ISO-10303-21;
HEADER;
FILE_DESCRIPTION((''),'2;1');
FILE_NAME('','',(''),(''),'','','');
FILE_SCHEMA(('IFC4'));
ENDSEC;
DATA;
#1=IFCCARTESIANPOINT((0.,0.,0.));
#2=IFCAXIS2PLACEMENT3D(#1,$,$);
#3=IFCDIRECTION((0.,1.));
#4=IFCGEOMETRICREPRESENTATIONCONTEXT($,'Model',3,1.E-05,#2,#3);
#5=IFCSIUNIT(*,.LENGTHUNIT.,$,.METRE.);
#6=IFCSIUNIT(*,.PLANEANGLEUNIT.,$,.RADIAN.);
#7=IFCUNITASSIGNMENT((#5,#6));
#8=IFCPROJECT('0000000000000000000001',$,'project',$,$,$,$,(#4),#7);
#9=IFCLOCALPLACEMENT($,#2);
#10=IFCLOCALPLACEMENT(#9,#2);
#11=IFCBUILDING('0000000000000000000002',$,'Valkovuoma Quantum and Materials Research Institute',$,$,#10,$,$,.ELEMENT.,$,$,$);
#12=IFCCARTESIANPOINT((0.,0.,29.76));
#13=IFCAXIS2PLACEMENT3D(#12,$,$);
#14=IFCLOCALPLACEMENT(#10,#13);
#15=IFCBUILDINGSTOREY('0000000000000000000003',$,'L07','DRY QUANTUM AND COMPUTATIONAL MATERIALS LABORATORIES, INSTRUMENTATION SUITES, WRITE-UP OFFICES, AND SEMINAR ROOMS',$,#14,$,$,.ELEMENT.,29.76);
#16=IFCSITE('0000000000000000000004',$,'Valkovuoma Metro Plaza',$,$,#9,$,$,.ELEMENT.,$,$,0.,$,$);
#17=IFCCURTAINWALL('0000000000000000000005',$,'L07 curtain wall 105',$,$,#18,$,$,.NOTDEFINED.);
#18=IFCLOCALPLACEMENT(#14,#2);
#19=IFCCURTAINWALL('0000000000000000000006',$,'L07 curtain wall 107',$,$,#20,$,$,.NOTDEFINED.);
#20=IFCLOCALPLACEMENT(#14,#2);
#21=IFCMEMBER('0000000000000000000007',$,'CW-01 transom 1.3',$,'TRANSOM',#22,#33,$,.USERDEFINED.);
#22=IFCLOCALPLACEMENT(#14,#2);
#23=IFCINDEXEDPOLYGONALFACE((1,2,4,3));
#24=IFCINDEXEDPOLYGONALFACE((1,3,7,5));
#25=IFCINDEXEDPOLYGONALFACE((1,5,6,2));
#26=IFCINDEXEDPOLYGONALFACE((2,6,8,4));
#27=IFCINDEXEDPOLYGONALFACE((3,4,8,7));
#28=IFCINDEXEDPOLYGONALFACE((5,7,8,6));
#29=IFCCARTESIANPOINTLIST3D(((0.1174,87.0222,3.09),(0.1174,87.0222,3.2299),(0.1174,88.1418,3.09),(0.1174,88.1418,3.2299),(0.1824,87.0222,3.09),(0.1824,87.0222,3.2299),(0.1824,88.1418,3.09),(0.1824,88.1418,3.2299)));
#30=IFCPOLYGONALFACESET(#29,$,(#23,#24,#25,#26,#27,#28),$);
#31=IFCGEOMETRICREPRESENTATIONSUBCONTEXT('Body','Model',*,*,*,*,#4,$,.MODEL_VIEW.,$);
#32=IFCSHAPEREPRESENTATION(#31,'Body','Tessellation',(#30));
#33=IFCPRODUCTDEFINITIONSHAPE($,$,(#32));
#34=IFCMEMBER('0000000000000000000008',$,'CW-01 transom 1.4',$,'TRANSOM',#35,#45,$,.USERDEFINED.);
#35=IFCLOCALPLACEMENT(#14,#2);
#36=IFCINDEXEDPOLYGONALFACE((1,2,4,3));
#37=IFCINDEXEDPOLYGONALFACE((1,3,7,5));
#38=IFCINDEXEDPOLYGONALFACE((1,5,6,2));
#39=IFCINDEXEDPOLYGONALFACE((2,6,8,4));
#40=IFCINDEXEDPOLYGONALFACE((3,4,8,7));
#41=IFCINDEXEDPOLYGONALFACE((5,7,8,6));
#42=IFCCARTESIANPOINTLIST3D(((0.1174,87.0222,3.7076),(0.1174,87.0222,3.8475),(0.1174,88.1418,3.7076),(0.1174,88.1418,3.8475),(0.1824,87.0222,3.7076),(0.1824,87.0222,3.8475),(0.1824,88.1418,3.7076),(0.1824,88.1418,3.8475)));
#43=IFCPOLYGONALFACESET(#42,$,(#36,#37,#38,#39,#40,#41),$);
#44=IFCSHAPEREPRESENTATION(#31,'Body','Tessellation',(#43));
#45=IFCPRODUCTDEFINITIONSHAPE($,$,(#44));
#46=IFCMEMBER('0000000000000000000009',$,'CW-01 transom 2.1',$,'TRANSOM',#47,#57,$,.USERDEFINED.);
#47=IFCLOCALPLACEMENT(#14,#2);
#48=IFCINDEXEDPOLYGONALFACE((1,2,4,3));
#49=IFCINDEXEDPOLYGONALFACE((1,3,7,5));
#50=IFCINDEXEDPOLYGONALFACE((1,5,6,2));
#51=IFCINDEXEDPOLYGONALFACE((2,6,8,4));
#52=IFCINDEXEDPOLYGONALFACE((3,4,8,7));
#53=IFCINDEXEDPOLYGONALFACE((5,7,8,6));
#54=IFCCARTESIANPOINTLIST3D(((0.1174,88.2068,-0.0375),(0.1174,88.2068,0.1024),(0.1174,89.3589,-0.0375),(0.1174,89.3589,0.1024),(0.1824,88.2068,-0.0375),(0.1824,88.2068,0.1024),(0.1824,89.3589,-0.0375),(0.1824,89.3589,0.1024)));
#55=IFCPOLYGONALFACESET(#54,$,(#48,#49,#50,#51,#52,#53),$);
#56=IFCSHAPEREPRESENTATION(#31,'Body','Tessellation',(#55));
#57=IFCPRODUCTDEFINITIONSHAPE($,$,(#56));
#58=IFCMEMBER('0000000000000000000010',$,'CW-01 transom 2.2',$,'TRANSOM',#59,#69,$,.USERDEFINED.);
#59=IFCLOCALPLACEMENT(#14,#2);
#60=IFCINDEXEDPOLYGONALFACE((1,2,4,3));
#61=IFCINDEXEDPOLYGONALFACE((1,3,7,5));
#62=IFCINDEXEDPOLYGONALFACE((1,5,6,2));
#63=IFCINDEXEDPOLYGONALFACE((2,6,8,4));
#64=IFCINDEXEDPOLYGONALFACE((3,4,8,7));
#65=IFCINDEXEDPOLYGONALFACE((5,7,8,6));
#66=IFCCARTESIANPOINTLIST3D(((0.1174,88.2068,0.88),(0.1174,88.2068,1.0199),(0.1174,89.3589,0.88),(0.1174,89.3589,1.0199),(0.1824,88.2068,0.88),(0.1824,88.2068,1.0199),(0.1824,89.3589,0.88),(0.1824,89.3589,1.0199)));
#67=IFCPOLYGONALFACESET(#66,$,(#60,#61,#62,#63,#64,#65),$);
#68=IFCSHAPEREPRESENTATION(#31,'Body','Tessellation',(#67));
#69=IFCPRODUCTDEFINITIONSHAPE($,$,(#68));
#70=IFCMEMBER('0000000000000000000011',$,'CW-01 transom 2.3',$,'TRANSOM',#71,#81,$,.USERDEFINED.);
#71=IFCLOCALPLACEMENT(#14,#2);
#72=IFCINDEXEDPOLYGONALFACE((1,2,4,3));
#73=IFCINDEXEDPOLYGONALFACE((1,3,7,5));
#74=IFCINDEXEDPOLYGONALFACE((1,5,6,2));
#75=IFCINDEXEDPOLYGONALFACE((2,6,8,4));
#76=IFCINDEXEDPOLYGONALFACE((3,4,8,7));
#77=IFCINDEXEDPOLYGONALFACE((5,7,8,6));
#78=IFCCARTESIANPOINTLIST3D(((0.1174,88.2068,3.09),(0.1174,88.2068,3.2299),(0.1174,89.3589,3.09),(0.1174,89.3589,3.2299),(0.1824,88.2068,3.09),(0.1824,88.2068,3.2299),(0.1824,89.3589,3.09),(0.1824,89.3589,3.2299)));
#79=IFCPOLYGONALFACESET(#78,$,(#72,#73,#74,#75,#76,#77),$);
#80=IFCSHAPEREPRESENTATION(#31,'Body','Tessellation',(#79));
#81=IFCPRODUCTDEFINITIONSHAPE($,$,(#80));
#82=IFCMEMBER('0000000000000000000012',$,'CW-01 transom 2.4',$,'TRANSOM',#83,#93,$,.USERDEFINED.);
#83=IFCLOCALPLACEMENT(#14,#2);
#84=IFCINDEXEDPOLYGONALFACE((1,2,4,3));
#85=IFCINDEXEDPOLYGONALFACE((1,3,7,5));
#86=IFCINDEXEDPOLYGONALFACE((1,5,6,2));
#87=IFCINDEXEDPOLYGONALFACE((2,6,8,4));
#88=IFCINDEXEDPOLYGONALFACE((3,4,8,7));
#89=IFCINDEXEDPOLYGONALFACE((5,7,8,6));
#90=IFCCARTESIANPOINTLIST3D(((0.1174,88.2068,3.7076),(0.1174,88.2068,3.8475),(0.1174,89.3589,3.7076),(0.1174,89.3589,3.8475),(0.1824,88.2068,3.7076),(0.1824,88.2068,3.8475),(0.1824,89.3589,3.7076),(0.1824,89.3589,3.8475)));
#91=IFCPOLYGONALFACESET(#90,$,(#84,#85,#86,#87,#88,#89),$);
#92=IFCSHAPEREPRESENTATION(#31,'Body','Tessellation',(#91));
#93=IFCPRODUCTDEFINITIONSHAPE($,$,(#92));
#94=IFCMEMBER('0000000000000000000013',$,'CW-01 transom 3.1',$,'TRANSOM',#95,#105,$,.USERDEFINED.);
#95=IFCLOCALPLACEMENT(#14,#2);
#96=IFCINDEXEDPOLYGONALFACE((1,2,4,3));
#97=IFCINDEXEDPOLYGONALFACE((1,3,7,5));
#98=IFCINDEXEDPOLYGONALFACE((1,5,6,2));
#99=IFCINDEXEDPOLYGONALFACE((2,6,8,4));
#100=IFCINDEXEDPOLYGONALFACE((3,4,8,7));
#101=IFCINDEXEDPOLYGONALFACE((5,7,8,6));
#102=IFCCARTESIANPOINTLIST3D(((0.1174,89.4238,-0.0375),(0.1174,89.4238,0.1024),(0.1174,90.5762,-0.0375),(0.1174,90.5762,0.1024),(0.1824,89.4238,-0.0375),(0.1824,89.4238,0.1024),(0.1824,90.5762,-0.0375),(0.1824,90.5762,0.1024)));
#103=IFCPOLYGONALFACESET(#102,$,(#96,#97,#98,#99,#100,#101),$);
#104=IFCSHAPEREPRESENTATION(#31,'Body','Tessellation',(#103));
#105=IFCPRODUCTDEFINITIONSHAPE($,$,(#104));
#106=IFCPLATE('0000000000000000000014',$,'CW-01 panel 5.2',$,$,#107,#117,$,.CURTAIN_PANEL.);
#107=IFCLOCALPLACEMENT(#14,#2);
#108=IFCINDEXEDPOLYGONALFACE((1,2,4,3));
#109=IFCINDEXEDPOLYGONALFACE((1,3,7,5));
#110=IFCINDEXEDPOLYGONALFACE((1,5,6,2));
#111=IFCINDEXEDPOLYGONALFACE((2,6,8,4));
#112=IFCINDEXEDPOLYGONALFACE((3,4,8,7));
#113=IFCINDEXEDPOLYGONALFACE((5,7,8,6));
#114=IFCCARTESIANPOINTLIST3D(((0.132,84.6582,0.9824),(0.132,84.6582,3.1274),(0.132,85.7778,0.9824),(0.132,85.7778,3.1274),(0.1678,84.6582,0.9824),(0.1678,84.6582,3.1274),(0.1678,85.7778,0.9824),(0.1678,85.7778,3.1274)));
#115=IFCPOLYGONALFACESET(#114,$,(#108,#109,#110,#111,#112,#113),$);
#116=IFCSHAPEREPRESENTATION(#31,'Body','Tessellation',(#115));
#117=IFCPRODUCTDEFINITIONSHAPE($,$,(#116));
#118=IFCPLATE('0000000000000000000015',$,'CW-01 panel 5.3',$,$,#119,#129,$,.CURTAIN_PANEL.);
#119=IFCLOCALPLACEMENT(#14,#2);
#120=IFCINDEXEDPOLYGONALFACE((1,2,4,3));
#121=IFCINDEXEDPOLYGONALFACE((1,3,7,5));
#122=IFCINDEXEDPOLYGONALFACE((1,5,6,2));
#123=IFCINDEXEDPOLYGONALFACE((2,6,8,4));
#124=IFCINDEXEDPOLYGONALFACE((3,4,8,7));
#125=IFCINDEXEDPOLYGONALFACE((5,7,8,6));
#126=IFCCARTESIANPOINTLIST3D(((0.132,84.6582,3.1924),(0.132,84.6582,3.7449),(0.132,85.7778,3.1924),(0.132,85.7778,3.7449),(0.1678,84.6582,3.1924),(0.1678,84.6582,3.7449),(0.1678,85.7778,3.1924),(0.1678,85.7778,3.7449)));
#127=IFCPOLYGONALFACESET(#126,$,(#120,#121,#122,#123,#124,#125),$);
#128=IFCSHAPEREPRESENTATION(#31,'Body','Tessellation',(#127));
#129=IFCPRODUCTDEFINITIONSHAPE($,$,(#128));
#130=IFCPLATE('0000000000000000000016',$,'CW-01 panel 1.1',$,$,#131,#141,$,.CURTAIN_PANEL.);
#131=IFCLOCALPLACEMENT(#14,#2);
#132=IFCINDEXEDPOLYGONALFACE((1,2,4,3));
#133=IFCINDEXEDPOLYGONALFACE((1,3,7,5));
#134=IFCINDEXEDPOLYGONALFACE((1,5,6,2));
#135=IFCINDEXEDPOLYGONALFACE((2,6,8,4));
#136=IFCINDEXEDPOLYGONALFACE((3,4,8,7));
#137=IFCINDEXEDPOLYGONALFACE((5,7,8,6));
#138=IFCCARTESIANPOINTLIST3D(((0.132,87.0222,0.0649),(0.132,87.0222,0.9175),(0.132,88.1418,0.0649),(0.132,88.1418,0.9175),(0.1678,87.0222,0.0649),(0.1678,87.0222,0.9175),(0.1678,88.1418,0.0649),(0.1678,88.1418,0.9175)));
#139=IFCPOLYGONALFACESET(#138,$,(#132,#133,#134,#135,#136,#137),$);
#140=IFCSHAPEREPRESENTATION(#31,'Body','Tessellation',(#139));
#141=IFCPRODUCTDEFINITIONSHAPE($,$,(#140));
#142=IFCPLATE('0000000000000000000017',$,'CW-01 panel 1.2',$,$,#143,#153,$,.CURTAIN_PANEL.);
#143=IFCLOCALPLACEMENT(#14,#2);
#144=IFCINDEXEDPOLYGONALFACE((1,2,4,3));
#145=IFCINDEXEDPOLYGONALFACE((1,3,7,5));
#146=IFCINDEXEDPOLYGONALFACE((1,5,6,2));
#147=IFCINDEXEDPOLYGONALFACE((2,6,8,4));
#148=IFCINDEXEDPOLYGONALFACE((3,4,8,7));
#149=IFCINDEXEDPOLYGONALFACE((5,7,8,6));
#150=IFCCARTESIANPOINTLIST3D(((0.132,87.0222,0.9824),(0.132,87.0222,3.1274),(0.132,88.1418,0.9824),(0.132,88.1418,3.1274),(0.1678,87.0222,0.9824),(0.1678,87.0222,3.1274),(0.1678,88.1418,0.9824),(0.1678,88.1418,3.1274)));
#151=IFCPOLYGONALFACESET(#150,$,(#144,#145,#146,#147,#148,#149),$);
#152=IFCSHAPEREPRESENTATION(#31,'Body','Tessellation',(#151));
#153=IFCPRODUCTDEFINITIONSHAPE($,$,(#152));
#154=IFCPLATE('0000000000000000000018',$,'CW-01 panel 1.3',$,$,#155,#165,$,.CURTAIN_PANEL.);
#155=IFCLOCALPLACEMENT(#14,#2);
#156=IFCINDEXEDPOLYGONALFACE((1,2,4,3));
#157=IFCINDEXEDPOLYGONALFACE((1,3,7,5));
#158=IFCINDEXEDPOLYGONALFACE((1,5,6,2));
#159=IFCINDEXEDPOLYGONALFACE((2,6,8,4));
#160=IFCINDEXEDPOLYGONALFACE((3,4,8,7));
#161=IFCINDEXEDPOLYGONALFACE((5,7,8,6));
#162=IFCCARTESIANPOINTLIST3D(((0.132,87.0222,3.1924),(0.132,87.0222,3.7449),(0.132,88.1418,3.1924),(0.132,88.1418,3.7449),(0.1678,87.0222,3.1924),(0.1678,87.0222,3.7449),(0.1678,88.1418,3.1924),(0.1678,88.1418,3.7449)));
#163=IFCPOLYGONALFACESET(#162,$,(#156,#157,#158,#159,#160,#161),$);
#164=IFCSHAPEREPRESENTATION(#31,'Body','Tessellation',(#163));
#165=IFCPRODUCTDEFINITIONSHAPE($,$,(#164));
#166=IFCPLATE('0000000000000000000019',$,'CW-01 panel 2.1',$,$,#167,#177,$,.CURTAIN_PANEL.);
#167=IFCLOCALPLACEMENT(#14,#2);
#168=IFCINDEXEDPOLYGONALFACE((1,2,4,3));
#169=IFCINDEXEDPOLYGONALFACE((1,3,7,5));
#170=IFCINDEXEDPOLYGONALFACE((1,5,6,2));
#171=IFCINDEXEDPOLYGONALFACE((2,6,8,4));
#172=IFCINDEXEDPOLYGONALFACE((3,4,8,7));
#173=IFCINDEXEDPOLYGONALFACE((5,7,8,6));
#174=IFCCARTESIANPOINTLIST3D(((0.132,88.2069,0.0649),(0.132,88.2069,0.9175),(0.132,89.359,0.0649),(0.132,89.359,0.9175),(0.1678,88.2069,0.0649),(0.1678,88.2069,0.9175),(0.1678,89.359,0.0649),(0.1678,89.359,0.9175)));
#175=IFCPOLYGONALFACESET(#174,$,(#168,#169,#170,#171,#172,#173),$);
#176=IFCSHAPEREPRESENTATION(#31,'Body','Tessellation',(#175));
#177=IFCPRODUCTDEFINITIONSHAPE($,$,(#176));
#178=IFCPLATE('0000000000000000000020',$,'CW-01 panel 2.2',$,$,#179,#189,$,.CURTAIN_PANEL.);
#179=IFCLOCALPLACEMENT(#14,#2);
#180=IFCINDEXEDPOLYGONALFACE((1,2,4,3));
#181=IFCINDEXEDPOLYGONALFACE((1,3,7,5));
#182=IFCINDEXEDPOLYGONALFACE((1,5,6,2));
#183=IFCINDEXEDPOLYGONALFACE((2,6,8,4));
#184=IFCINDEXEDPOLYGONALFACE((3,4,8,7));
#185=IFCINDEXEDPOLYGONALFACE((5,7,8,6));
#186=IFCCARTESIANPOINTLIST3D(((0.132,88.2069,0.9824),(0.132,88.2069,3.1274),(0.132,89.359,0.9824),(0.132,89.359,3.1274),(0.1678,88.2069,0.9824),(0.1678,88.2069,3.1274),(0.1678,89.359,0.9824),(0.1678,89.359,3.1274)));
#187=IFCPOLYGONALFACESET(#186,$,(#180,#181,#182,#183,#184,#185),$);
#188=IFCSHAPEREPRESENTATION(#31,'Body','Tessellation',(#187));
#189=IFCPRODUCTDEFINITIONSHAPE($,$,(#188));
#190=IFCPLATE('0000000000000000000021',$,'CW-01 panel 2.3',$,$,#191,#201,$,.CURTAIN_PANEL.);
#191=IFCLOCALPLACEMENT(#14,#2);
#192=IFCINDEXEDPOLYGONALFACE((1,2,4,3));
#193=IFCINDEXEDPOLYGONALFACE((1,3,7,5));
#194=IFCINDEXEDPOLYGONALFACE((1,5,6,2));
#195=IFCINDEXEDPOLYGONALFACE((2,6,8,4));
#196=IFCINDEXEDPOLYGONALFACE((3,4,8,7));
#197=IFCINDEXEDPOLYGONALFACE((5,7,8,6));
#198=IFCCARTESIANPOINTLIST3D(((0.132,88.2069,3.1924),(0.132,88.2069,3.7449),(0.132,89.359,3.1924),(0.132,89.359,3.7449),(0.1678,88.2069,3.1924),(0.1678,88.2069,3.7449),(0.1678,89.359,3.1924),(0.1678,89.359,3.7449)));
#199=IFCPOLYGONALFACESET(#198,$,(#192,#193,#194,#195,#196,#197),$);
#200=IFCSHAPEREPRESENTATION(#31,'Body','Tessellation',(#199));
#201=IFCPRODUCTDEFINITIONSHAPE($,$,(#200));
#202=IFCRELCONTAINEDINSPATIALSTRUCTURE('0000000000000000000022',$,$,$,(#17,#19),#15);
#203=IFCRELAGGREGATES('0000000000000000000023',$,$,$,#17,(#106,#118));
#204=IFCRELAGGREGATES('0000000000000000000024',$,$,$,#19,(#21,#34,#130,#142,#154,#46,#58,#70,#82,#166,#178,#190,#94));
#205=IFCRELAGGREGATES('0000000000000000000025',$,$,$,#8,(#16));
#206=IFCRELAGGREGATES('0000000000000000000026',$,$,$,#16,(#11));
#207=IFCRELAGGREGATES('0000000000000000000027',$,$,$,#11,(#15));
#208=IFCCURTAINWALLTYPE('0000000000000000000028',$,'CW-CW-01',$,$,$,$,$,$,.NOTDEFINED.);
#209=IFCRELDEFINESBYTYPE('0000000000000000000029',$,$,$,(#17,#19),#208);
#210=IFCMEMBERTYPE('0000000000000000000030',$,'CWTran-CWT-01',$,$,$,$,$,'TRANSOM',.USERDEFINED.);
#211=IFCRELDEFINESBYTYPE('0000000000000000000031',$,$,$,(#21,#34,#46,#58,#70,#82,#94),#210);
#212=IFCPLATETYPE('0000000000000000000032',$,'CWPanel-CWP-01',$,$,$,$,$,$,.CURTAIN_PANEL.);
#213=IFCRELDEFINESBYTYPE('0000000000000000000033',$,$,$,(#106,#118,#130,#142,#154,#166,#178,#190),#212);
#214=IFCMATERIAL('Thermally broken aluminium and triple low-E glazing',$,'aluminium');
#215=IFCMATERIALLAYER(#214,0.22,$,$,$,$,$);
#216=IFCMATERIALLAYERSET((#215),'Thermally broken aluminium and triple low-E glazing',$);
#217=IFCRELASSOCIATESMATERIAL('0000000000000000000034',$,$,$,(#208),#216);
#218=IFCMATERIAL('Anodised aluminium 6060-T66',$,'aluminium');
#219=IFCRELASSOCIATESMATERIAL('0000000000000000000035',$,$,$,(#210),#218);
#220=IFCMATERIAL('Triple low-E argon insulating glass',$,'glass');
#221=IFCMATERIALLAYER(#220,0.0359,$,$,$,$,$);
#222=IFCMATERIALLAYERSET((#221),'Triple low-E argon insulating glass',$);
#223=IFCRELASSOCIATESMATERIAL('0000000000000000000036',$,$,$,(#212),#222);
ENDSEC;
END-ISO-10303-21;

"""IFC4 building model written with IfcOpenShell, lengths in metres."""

from ifc_helpers import new_model, si_unit, direction, frame, origin, origin_2d, place, context, subcontext, project, spatial, rectangle, extrude, material, layer, layer_set, material_profile, profile_set, type_object, element, aggregate, save


model = new_model("IFC4")

# Units and contexts
model_context = context("Model", 3, precision=1e-05, world=origin(), true_north=direction((0.0, 1.0)))
body_context = subcontext(model_context, "Body", "Model", "MODEL_VIEW")
ifc_project = project(units=[si_unit("LENGTHUNIT", "METRE"), si_unit("PLANEANGLEUNIT", "RADIAN")], contexts=[model_context])

# Site, building, storey
site_placement = place(None, origin())
site = spatial("IfcSite", under=ifc_project, at=site_placement, Name="Valkovuoma Metro Plaza", CompositionType="ELEMENT", RefElevation=0.0)
building_placement = place(site_placement, origin())
building = spatial("IfcBuilding", under=site, at=building_placement, Name="Valkovuoma Quantum and Materials Research Institute", CompositionType="ELEMENT")
storey_placement = place(building_placement, frame((0.0, 0.0, 29.76)))
storey = spatial("IfcBuildingStorey", under=building, at=storey_placement, Name="L07", Description="DRY QUANTUM AND COMPUTATIONAL MATERIALS LABORATORIES, INSTRUMENTATION SUITES, WRITE-UP OFFICES, AND SEMINAR ROOMS", CompositionType="ELEMENT", Elevation=29.76)

# Curtain wall
ifc_material_1 = material(Name="Thermally broken aluminium and triple low-E glazing", Category="aluminium")
ifc_layer_1 = layer(ifc_material_1, 0.22)
ifc_layer_set_1 = layer_set([ifc_layer_1], Name="Thermally broken aluminium and triple low-E glazing")
curtain_wall_type = type_object("IfcCurtainWallType", Name="CW-CW-01", PredefinedType="NOTDEFINED", material=ifc_layer_set_1)
curtain_wall_1_placement = place(storey_placement, origin())
curtain_wall_1 = element("IfcCurtainWall", 1, at=curtain_wall_1_placement, inside=storey, type_object=curtain_wall_type, Name="L07 curtain wall 105", PredefinedType="NOTDEFINED")

# Curtain wall, members
curtain_wall_2_placement = place(storey_placement, origin())
curtain_wall_2 = element("IfcCurtainWall", 2, at=curtain_wall_2_placement, inside=storey, type_object=curtain_wall_type, Name="L07 curtain wall 107", PredefinedType="NOTDEFINED")
ifc_material_2 = material(Name="Anodised aluminium 6060-T66", Category="aluminium")
ifc_material_profile_1 = material_profile(ifc_material_2, rectangle(XDim=0.0649, YDim=0.1399, at=origin_2d()), Name="Anodised aluminium 6060-T66")
ifc_profile_set_1 = profile_set([ifc_material_profile_1], Name="Anodised aluminium 6060-T66")
member_type_1 = type_object("IfcMemberType", Name="CWTran-CWT-01", ElementType="TRANSOM", PredefinedType="USERDEFINED", material=ifc_profile_set_1)
member_1_placement = place(storey_placement, frame((0.1499, 87.0222, 3.1599), z_axis=(0.0, 1.0, 0.0), x_axis=(-1.0, 0.0, 0.0)))
member_1 = element("IfcMember", 3, at=member_1_placement, type_object=member_type_1, Name="CW-01 transom 1.3", ObjectType="TRANSOM", PredefinedType="USERDEFINED", context=body_context, shape_type="SweptSolid", body=[
    extrude(rectangle(XDim=0.0649, YDim=0.1399, at=origin_2d()), origin(), (0.0, 0.0, 1.0), 1.1196),
])
member_2_placement = place(storey_placement, frame((0.1499, 87.0222, 3.7776), z_axis=(0.0, 1.0, 0.0), x_axis=(-1.0, 0.0, 0.0)))
member_2 = element("IfcMember", 4, at=member_2_placement, type_object=member_type_1, Name="CW-01 transom 1.4", ObjectType="TRANSOM", PredefinedType="USERDEFINED", context=body_context, shape_type="SweptSolid", body=[
    extrude(rectangle(XDim=0.0649, YDim=0.1399, at=origin_2d()), origin(), (0.0, 0.0, 1.0), 1.1196),
])
member_3_placement = place(storey_placement, frame((0.1499, 88.2068, 0.0325), z_axis=(0.0, 1.0, 0.0), x_axis=(-1.0, 0.0, 0.0)))
member_3 = element("IfcMember", 5, at=member_3_placement, type_object=member_type_1, Name="CW-01 transom 2.1", ObjectType="TRANSOM", PredefinedType="USERDEFINED", context=body_context, shape_type="SweptSolid", body=[
    extrude(rectangle(XDim=0.0649, YDim=0.1399, at=origin_2d()), origin(), (0.0, 0.0, 1.0), 1.1521),
])
member_4_placement = place(storey_placement, frame((0.1499, 88.2068, 0.95), z_axis=(0.0, 1.0, 0.0), x_axis=(-1.0, 0.0, 0.0)))
member_4 = element("IfcMember", 6, at=member_4_placement, type_object=member_type_1, Name="CW-01 transom 2.2", ObjectType="TRANSOM", PredefinedType="USERDEFINED", context=body_context, shape_type="SweptSolid", body=[
    extrude(rectangle(XDim=0.0649, YDim=0.1399, at=origin_2d()), origin(), (0.0, 0.0, 1.0), 1.1521),
])
member_5_placement = place(storey_placement, frame((0.1499, 88.2068, 3.1599), z_axis=(0.0, 1.0, 0.0), x_axis=(-1.0, 0.0, 0.0)))
member_5 = element("IfcMember", 7, at=member_5_placement, type_object=member_type_1, Name="CW-01 transom 2.3", ObjectType="TRANSOM", PredefinedType="USERDEFINED", context=body_context, shape_type="SweptSolid", body=[
    extrude(rectangle(XDim=0.0649, YDim=0.1399, at=origin_2d()), origin(), (0.0, 0.0, 1.0), 1.1521),
])
member_6_placement = place(storey_placement, frame((0.1499, 88.2068, 3.7776), z_axis=(0.0, 1.0, 0.0), x_axis=(-1.0, 0.0, 0.0)))
member_6 = element("IfcMember", 8, at=member_6_placement, type_object=member_type_1, Name="CW-01 transom 2.4", ObjectType="TRANSOM", PredefinedType="USERDEFINED", context=body_context, shape_type="SweptSolid", body=[
    extrude(rectangle(XDim=0.0649, YDim=0.1399, at=origin_2d()), origin(), (0.0, 0.0, 1.0), 1.1521),
])
member_7_placement = place(storey_placement, frame((0.1499, 89.4238, 0.0325), z_axis=(0.0, 1.0, 0.0), x_axis=(-1.0, 0.0, 0.0)))
member_7 = element("IfcMember", 9, at=member_7_placement, type_object=member_type_1, Name="CW-01 transom 3.1", ObjectType="TRANSOM", PredefinedType="USERDEFINED", context=body_context, shape_type="SweptSolid", body=[
    extrude(rectangle(XDim=0.0649, YDim=0.1399, at=origin_2d()), origin(), (0.0, 0.0, 1.0), 1.1523),
])

# Plates
ifc_material_3 = material(Name="Triple low-E argon insulating glass", Category="glass")
ifc_layer_2 = layer(ifc_material_3, 0.0359)
ifc_layer_set_2 = layer_set([ifc_layer_2], Name="Triple low-E argon insulating glass")
plate_type = type_object("IfcPlateType", Name="CWPanel-CWP-01", PredefinedType="CURTAIN_PANEL", material=ifc_layer_set_2)
plate_1_placement = place(storey_placement, frame((0.1499, 85.218, 0.9824), z_axis=(0.0, 0.0, 1.0), x_axis=(0.0, 1.0, 0.0)))
plate_1 = element("IfcPlate", 10, at=plate_1_placement, type_object=plate_type, Name="CW-01 panel 5.2", PredefinedType="CURTAIN_PANEL", context=body_context, shape_type="SweptSolid", body=[
    extrude(rectangle(XDim=1.1196, YDim=0.0359, at=origin_2d()), origin(), (0.0, 0.0, 1.0), 2.145),
])
plate_2_placement = place(storey_placement, frame((0.1499, 85.218, 3.1924), z_axis=(0.0, 0.0, 1.0), x_axis=(0.0, 1.0, 0.0)))
plate_2 = element("IfcPlate", 11, at=plate_2_placement, type_object=plate_type, Name="CW-01 panel 5.3", PredefinedType="CURTAIN_PANEL", context=body_context, shape_type="SweptSolid", body=[
    extrude(rectangle(XDim=1.1196, YDim=0.0359, at=origin_2d()), origin(), (0.0, 0.0, 1.0), 0.5525),
])
aggregate(curtain_wall_1, [plate_1, plate_2])
plate_3_placement = place(storey_placement, frame((0.1499, 87.582, 0.0649), z_axis=(0.0, 0.0, 1.0), x_axis=(0.0, 1.0, 0.0)))
plate_3 = element("IfcPlate", 12, at=plate_3_placement, type_object=plate_type, Name="CW-01 panel 1.1", PredefinedType="CURTAIN_PANEL", context=body_context, shape_type="SweptSolid", body=[
    extrude(rectangle(XDim=1.1196, YDim=0.0359, at=origin_2d()), origin(), (0.0, 0.0, 1.0), 0.8525),
])
plate_4_placement = place(storey_placement, frame((0.1499, 87.582, 0.9824), z_axis=(0.0, 0.0, 1.0), x_axis=(0.0, 1.0, 0.0)))
plate_4 = element("IfcPlate", 13, at=plate_4_placement, type_object=plate_type, Name="CW-01 panel 1.2", PredefinedType="CURTAIN_PANEL", context=body_context, shape_type="SweptSolid", body=[
    extrude(rectangle(XDim=1.1196, YDim=0.0359, at=origin_2d()), origin(), (0.0, 0.0, 1.0), 2.145),
])
plate_5_placement = place(storey_placement, frame((0.1499, 87.582, 3.1924), z_axis=(0.0, 0.0, 1.0), x_axis=(0.0, 1.0, 0.0)))
plate_5 = element("IfcPlate", 14, at=plate_5_placement, type_object=plate_type, Name="CW-01 panel 1.3", PredefinedType="CURTAIN_PANEL", context=body_context, shape_type="SweptSolid", body=[
    extrude(rectangle(XDim=1.1196, YDim=0.0359, at=origin_2d()), origin(), (0.0, 0.0, 1.0), 0.5525),
])
plate_6_placement = place(storey_placement, frame((0.1499, 88.783, 0.0649), z_axis=(0.0, 0.0, 1.0), x_axis=(0.0, 1.0, 0.0)))
plate_6 = element("IfcPlate", 15, at=plate_6_placement, type_object=plate_type, Name="CW-01 panel 2.1", PredefinedType="CURTAIN_PANEL", context=body_context, shape_type="SweptSolid", body=[
    extrude(rectangle(XDim=1.1521, YDim=0.0359, at=origin_2d()), origin(), (0.0, 0.0, 1.0), 0.8525),
])
plate_7_placement = place(storey_placement, frame((0.1499, 88.783, 0.9824), z_axis=(0.0, 0.0, 1.0), x_axis=(0.0, 1.0, 0.0)))
plate_7 = element("IfcPlate", 16, at=plate_7_placement, type_object=plate_type, Name="CW-01 panel 2.2", PredefinedType="CURTAIN_PANEL", context=body_context, shape_type="SweptSolid", body=[
    extrude(rectangle(XDim=1.1521, YDim=0.0359, at=origin_2d()), origin(), (0.0, 0.0, 1.0), 2.145),
])
plate_8_placement = place(storey_placement, frame((0.1499, 88.783, 3.1924), z_axis=(0.0, 0.0, 1.0), x_axis=(0.0, 1.0, 0.0)))
plate_8 = element("IfcPlate", 17, at=plate_8_placement, type_object=plate_type, Name="CW-01 panel 2.3", PredefinedType="CURTAIN_PANEL", context=body_context, shape_type="SweptSolid", body=[
    extrude(rectangle(XDim=1.1521, YDim=0.0359, at=origin_2d()), origin(), (0.0, 0.0, 1.0), 0.5525),
])
aggregate(curtain_wall_2, [member_1, member_2, plate_3, plate_4, plate_5, member_3, member_4, member_5, member_6, plate_6, plate_7, plate_8, member_7])

save(model, "model.ifc")
